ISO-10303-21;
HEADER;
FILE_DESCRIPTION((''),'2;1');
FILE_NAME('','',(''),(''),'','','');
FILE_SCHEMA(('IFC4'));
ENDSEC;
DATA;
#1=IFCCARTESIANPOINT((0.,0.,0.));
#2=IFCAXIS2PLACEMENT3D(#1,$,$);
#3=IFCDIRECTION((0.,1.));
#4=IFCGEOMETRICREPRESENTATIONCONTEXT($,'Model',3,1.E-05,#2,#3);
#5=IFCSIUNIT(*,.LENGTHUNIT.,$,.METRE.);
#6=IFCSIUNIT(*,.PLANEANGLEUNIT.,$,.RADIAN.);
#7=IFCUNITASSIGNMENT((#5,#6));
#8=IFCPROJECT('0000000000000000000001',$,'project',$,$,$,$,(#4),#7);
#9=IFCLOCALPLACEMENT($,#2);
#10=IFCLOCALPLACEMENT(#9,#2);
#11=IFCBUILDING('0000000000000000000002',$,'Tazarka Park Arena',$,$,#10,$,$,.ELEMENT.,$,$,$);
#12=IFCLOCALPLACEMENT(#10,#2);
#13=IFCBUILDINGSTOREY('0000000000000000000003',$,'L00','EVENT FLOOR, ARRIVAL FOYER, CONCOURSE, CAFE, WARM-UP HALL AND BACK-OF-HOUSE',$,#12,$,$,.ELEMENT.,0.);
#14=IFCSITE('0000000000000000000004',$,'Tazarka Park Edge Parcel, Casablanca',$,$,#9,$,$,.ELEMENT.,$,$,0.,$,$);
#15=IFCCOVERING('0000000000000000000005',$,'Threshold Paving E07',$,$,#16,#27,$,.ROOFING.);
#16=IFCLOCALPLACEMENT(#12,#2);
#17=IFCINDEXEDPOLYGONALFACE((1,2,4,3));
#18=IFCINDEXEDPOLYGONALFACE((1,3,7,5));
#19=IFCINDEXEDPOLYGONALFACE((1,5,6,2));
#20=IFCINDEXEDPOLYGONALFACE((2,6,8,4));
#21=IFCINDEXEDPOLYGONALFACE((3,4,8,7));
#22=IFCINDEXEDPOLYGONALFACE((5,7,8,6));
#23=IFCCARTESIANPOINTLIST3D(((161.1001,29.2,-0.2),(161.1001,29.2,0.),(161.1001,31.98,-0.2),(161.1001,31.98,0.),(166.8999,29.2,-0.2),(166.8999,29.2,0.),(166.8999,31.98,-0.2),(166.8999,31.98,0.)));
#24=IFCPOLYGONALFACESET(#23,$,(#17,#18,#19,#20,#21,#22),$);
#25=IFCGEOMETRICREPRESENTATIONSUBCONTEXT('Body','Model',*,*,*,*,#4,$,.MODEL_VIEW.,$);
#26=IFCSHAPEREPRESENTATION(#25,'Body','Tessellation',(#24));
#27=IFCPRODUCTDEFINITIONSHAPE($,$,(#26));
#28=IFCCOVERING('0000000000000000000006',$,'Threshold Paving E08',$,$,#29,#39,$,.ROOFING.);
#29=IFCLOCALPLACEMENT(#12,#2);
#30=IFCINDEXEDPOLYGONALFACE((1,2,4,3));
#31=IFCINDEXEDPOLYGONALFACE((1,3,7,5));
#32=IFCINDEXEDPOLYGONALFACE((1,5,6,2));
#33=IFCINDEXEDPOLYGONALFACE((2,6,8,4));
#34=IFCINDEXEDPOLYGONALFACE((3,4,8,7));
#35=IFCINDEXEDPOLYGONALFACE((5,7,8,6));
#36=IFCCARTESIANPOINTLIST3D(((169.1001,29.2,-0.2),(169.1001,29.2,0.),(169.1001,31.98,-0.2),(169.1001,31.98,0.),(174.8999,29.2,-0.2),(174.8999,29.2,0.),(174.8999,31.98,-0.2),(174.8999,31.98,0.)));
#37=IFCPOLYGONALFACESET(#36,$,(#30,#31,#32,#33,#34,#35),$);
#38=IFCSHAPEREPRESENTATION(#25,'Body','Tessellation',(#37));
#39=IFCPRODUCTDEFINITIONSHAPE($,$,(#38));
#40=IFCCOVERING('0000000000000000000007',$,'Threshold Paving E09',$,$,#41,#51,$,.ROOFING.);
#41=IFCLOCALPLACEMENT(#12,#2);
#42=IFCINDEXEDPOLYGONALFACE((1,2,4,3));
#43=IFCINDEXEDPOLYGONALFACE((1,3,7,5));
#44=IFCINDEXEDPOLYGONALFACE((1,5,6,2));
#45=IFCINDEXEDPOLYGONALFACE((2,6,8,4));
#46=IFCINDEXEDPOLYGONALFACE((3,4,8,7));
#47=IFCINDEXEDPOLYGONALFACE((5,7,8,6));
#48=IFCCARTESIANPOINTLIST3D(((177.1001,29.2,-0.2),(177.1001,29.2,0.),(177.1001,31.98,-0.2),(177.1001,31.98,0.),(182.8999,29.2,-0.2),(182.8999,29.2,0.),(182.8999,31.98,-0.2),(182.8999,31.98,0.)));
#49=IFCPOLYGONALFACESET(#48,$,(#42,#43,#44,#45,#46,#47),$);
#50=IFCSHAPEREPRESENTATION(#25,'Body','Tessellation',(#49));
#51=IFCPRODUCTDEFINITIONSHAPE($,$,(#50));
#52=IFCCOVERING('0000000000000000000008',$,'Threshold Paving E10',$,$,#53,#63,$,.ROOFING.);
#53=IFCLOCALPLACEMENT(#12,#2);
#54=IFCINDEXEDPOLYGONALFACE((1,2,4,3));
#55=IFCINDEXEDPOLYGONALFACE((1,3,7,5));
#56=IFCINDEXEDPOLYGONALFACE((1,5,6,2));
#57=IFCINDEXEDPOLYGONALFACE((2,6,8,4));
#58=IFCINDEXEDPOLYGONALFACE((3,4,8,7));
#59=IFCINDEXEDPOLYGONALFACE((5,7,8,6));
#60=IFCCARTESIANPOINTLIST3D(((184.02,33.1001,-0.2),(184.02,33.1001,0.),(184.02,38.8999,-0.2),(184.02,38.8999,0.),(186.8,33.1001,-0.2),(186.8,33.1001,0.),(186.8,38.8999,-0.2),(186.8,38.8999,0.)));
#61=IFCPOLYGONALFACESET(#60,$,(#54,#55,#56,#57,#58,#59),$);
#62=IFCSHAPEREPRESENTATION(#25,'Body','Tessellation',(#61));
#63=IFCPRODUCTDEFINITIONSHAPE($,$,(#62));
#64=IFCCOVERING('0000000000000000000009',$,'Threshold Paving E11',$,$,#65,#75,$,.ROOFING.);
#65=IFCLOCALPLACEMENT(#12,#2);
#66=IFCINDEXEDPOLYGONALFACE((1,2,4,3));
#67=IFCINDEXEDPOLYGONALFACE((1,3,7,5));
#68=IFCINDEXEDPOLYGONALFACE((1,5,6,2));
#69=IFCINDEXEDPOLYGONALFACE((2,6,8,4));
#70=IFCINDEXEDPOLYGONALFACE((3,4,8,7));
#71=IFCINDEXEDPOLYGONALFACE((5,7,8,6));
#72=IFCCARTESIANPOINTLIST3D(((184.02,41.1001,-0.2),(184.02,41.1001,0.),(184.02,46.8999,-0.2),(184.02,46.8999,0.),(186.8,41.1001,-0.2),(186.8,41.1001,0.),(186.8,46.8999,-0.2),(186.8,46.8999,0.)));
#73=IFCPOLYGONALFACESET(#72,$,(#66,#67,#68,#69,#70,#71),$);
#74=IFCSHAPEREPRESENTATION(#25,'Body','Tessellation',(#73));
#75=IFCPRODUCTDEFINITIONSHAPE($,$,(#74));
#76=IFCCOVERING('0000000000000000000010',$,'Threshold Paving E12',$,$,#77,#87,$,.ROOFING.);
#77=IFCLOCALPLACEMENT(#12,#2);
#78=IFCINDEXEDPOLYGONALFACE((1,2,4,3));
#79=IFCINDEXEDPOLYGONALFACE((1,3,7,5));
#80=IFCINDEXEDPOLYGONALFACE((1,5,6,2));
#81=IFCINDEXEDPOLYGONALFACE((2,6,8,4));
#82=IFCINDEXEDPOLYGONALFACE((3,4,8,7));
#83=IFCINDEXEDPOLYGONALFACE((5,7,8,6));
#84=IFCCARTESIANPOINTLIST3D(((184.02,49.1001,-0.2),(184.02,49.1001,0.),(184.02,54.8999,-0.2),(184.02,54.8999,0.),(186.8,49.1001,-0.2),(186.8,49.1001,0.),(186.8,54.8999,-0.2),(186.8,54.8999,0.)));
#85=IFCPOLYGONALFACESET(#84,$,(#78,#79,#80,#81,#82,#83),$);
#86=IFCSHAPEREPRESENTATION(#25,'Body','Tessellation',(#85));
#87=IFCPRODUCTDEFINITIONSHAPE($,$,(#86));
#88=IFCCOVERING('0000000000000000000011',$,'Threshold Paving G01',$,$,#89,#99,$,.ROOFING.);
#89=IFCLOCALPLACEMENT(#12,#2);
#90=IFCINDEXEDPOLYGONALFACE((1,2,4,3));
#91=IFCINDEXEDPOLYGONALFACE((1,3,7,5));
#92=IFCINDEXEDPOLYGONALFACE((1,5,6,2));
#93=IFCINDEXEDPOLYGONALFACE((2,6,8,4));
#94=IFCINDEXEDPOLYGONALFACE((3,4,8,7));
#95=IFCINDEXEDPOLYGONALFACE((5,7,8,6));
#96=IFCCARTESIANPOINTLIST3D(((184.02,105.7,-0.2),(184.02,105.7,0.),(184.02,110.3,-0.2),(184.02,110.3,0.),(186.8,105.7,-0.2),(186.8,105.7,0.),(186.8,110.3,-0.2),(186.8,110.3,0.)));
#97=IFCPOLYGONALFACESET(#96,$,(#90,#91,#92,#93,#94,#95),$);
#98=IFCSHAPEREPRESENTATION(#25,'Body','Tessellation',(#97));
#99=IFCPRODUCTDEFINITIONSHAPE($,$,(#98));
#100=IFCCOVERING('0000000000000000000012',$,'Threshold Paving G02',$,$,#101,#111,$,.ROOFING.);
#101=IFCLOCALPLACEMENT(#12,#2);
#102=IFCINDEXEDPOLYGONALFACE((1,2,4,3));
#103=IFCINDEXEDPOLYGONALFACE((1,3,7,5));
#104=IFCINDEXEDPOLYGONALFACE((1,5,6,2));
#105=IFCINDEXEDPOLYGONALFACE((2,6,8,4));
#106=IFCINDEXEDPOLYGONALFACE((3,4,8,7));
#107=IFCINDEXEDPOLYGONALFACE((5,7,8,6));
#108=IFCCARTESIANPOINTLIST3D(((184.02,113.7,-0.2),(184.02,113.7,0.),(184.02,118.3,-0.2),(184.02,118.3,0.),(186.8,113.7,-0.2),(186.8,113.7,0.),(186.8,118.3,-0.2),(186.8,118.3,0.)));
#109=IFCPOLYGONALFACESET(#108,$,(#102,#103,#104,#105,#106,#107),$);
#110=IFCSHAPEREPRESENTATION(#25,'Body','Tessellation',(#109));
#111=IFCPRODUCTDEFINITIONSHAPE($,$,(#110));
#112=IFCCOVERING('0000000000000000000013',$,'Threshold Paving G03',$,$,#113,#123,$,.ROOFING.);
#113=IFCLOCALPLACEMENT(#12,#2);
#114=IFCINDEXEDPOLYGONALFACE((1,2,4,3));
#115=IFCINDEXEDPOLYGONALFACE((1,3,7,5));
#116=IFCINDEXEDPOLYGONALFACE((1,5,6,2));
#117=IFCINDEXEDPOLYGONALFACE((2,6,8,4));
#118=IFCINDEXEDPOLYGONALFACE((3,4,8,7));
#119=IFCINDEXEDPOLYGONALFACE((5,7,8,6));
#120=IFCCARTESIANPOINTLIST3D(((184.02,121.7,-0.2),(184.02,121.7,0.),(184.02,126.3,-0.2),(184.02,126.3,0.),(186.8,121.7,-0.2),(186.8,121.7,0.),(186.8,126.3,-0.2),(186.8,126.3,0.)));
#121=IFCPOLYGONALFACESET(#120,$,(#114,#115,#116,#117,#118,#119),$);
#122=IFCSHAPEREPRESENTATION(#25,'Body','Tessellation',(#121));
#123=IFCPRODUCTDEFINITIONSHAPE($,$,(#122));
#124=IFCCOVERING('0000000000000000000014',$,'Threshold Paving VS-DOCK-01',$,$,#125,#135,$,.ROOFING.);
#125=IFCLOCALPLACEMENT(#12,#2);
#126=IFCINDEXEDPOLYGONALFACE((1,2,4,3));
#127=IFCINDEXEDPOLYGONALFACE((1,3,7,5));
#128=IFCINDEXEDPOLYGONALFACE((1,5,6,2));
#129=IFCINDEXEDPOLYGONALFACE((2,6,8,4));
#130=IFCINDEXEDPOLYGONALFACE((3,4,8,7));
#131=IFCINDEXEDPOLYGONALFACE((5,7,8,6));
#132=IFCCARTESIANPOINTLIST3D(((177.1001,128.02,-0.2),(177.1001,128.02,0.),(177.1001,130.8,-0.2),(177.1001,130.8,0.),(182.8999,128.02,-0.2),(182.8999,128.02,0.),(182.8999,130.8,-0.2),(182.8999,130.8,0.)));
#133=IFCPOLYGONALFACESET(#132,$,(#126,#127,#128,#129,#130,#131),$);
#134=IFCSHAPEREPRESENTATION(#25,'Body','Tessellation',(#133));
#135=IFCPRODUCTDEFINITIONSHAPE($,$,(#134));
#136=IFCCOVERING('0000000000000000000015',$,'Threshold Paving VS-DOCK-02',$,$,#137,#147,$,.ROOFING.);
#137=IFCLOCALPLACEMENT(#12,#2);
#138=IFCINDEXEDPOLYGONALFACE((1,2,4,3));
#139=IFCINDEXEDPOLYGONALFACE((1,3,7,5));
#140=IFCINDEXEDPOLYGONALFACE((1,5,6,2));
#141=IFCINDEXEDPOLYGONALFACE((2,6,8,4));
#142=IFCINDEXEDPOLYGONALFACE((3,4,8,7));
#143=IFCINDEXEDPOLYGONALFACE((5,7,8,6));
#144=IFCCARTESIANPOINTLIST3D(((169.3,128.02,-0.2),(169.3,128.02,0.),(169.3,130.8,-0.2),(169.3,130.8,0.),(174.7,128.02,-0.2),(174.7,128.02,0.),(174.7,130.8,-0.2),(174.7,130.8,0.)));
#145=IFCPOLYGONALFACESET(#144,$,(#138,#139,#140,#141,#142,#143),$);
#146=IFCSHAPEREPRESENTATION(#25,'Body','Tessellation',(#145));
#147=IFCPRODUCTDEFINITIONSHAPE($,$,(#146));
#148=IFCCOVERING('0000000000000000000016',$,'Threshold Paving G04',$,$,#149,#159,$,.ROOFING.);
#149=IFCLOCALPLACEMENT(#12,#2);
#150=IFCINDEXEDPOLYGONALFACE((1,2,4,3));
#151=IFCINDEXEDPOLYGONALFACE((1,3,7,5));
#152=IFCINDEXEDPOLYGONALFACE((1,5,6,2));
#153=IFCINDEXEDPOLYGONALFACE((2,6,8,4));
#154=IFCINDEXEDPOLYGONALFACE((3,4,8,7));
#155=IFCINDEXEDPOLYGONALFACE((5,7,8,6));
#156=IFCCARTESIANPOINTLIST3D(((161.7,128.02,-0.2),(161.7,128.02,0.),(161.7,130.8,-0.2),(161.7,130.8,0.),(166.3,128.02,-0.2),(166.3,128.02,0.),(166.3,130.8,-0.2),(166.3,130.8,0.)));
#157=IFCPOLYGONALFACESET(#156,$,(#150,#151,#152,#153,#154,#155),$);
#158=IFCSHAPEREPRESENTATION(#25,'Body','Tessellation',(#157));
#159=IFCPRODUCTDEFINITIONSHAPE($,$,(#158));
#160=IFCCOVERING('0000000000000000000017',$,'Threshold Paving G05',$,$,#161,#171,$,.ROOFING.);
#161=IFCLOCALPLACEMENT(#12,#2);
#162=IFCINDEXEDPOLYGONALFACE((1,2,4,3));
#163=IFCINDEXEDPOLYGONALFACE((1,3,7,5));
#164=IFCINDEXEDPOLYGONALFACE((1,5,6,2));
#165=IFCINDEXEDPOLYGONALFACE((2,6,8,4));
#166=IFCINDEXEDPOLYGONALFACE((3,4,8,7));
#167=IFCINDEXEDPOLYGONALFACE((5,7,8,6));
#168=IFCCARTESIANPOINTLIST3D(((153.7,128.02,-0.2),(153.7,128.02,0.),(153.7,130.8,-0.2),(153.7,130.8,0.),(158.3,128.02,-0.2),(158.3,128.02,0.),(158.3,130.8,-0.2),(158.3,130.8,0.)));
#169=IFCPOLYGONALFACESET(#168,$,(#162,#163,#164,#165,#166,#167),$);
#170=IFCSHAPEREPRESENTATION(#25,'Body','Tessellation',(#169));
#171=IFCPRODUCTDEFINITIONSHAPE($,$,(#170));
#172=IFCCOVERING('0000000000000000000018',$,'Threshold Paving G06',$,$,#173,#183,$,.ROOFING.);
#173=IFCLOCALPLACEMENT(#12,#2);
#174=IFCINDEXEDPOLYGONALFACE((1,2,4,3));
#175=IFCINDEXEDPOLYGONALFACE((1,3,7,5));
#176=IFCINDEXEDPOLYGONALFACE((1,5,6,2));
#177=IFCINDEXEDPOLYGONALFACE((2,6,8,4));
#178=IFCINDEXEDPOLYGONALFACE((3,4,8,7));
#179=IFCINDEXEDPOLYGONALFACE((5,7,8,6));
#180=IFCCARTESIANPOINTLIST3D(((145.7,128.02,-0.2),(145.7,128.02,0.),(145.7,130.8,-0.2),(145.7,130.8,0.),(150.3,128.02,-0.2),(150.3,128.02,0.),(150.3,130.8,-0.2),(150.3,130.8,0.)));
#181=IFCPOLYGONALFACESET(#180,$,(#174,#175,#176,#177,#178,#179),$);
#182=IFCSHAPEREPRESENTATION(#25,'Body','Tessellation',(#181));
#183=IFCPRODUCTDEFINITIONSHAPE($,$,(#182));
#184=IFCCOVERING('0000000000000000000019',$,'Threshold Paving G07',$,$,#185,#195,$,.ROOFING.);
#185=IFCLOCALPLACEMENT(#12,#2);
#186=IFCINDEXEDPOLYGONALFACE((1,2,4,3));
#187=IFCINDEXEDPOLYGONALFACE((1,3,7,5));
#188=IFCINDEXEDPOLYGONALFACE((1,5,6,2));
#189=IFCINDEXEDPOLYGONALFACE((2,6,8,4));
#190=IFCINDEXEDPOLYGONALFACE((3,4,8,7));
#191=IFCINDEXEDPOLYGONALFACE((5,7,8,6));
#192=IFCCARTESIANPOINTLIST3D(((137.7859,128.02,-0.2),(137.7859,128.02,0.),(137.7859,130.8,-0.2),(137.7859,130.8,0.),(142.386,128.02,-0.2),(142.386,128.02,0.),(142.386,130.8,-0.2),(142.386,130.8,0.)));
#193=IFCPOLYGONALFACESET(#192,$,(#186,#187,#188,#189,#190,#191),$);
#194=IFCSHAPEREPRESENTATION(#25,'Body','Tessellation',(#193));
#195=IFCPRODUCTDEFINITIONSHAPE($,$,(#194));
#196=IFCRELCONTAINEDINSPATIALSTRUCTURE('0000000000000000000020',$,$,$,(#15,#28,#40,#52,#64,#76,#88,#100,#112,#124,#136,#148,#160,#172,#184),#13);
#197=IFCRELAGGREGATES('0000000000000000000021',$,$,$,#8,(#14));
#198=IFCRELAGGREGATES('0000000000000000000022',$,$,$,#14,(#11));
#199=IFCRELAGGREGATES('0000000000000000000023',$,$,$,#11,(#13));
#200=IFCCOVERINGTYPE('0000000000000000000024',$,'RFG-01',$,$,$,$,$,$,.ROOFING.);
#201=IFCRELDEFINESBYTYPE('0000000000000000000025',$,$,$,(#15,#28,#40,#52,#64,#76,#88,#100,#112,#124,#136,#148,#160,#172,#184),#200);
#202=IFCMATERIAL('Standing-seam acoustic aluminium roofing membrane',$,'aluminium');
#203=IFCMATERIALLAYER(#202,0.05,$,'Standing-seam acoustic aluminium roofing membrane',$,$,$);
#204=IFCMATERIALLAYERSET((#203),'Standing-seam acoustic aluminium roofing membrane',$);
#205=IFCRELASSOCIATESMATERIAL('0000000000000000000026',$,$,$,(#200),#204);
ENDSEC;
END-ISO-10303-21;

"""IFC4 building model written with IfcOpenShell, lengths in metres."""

from ifc_helpers import new_model, si_unit, direction, frame, origin, place, context, subcontext, project, spatial, polyline, outline, extrude, material, layer, layer_set, type_object, element, save


model = new_model("IFC4")

# Units and contexts
model_context = context("Model", 3, precision=1e-05, world=origin(), true_north=direction((0.0, 1.0)))
body_context = subcontext(model_context, "Body", "Model", "MODEL_VIEW")
ifc_project = project(units=[si_unit("LENGTHUNIT", "METRE"), si_unit("PLANEANGLEUNIT", "RADIAN")], contexts=[model_context])

# Site, building, storey
site_placement = place(None, origin())
site = spatial("IfcSite", under=ifc_project, at=site_placement, Name="Tazarka Park Edge Parcel, Casablanca", CompositionType="ELEMENT", RefElevation=0.0)
building_placement = place(site_placement, origin())
building = spatial("IfcBuilding", under=site, at=building_placement, Name="Tazarka Park Arena", CompositionType="ELEMENT")
storey_placement = place(building_placement, origin())
storey = spatial("IfcBuildingStorey", under=building, at=storey_placement, Name="L00", Description="EVENT FLOOR, ARRIVAL FOYER, CONCOURSE, CAFE, WARM-UP HALL AND BACK-OF-HOUSE", CompositionType="ELEMENT", Elevation=0.0)

# Coverings
ifc_material_1 = material(Name="Standing-seam acoustic aluminium roofing membrane", Category="aluminium")
ifc_layer_1 = layer(ifc_material_1, 0.05, Name="Standing-seam acoustic aluminium roofing membrane")
ifc_layer_set_1 = layer_set([ifc_layer_1], Name="Standing-seam acoustic aluminium roofing membrane")
covering_type = type_object("IfcCoveringType", Name="RFG-01", PredefinedType="ROOFING", material=ifc_layer_set_1)
covering_1_placement = place(storey_placement, frame((0.0, 0.0, -0.2)))
element("IfcCovering", 1, at=covering_1_placement, inside=storey, type_object=covering_type, Name="Threshold Paving E07", PredefinedType="ROOFING", context=body_context, shape_type="SweptSolid", body=[
    extrude(outline(polyline([(166.8999, 29.2), (161.1001, 29.2), (161.1001, 31.98), (166.8999, 31.98), (166.8999, 29.2)])), origin(), (0.0, 0.0, 1.0), 0.2),
])
covering_2_placement = place(storey_placement, frame((0.0, 0.0, -0.2)))
element("IfcCovering", 2, at=covering_2_placement, inside=storey, type_object=covering_type, Name="Threshold Paving E08", PredefinedType="ROOFING", context=body_context, shape_type="SweptSolid", body=[
    extrude(outline(polyline([(174.8999, 29.2), (169.1001, 29.2), (169.1001, 31.98), (174.8999, 31.98), (174.8999, 29.2)])), origin(), (0.0, 0.0, 1.0), 0.2),
])
covering_3_placement = place(storey_placement, frame((0.0, 0.0, -0.2)))
element("IfcCovering", 3, at=covering_3_placement, inside=storey, type_object=covering_type, Name="Threshold Paving E09", PredefinedType="ROOFING", context=body_context, shape_type="SweptSolid", body=[
    extrude(outline(polyline([(182.8999, 29.2), (177.1001, 29.2), (177.1001, 31.98), (182.8999, 31.98), (182.8999, 29.2)])), origin(), (0.0, 0.0, 1.0), 0.2),
])
covering_4_placement = place(storey_placement, frame((0.0, 0.0, -0.2)))
element("IfcCovering", 4, at=covering_4_placement, inside=storey, type_object=covering_type, Name="Threshold Paving E10", PredefinedType="ROOFING", context=body_context, shape_type="SweptSolid", body=[
    extrude(outline(polyline([(186.8, 38.8999), (186.8, 33.1001), (184.02, 33.1001), (184.02, 38.8999), (186.8, 38.8999)])), origin(), (0.0, 0.0, 1.0), 0.2),
])
covering_5_placement = place(storey_placement, frame((0.0, 0.0, -0.2)))
element("IfcCovering", 5, at=covering_5_placement, inside=storey, type_object=covering_type, Name="Threshold Paving E11", PredefinedType="ROOFING", context=body_context, shape_type="SweptSolid", body=[
    extrude(outline(polyline([(186.8, 46.8999), (186.8, 41.1001), (184.02, 41.1001), (184.02, 46.8999), (186.8, 46.8999)])), origin(), (0.0, 0.0, 1.0), 0.2),
])
covering_6_placement = place(storey_placement, frame((0.0, 0.0, -0.2)))
element("IfcCovering", 6, at=covering_6_placement, inside=storey, type_object=covering_type, Name="Threshold Paving E12", PredefinedType="ROOFING", context=body_context, shape_type="SweptSolid", body=[
    extrude(outline(polyline([(186.8, 54.8999), (186.8, 49.1001), (184.02, 49.1001), (184.02, 54.8999), (186.8, 54.8999)])), origin(), (0.0, 0.0, 1.0), 0.2),
])
covering_7_placement = place(storey_placement, frame((0.0, 0.0, -0.2)))
element("IfcCovering", 7, at=covering_7_placement, inside=storey, type_object=covering_type, Name="Threshold Paving G01", PredefinedType="ROOFING", context=body_context, shape_type="SweptSolid", body=[
    extrude(outline(polyline([(186.8, 110.3), (186.8, 105.7), (184.02, 105.7), (184.02, 110.3), (186.8, 110.3)])), origin(), (0.0, 0.0, 1.0), 0.2),
])
covering_8_placement = place(storey_placement, frame((0.0, 0.0, -0.2)))
element("IfcCovering", 8, at=covering_8_placement, inside=storey, type_object=covering_type, Name="Threshold Paving G02", PredefinedType="ROOFING", context=body_context, shape_type="SweptSolid", body=[
    extrude(outline(polyline([(186.8, 118.3), (186.8, 113.7), (184.02, 113.7), (184.02, 118.3), (186.8, 118.3)])), origin(), (0.0, 0.0, 1.0), 0.2),
])
covering_9_placement = place(storey_placement, frame((0.0, 0.0, -0.2)))
element("IfcCovering", 9, at=covering_9_placement, inside=storey, type_object=covering_type, Name="Threshold Paving G03", PredefinedType="ROOFING", context=body_context, shape_type="SweptSolid", body=[
    extrude(outline(polyline([(186.8, 126.3), (186.8, 121.7), (184.02, 121.7), (184.02, 126.3), (186.8, 126.3)])), origin(), (0.0, 0.0, 1.0), 0.2),
])
covering_10_placement = place(storey_placement, frame((0.0, 0.0, -0.2)))
element("IfcCovering", 10, at=covering_10_placement, inside=storey, type_object=covering_type, Name="Threshold Paving VS-DOCK-01", PredefinedType="ROOFING", context=body_context, shape_type="SweptSolid", body=[
    extrude(outline(polyline([(177.1001, 130.8), (182.8999, 130.8), (182.8999, 128.02), (177.1001, 128.02), (177.1001, 130.8)])), origin(), (0.0, 0.0, 1.0), 0.2),
])
covering_11_placement = place(storey_placement, frame((0.0, 0.0, -0.2)))
element("IfcCovering", 11, at=covering_11_placement, inside=storey, type_object=covering_type, Name="Threshold Paving VS-DOCK-02", PredefinedType="ROOFING", context=body_context, shape_type="SweptSolid", body=[
    extrude(outline(polyline([(169.3, 130.8), (174.7, 130.8), (174.7, 128.02), (169.3, 128.02), (169.3, 130.8)])), origin(), (0.0, 0.0, 1.0), 0.2),
])
covering_12_placement = place(storey_placement, frame((0.0, 0.0, -0.2)))
element("IfcCovering", 12, at=covering_12_placement, inside=storey, type_object=covering_type, Name="Threshold Paving G04", PredefinedType="ROOFING", context=body_context, shape_type="SweptSolid", body=[
    extrude(outline(polyline([(161.7, 130.8), (166.3, 130.8), (166.3, 128.02), (161.7, 128.02), (161.7, 130.8)])), origin(), (0.0, 0.0, 1.0), 0.2),
])
covering_13_placement = place(storey_placement, frame((0.0, 0.0, -0.2)))
element("IfcCovering", 13, at=covering_13_placement, inside=storey, type_object=covering_type, Name="Threshold Paving G05", PredefinedType="ROOFING", context=body_context, shape_type="SweptSolid", body=[
    extrude(outline(polyline([(153.7, 130.8), (158.3, 130.8), (158.3, 128.02), (153.7, 128.02), (153.7, 130.8)])), origin(), (0.0, 0.0, 1.0), 0.2),
])
covering_14_placement = place(storey_placement, frame((0.0, 0.0, -0.2)))
element("IfcCovering", 14, at=covering_14_placement, inside=storey, type_object=covering_type, Name="Threshold Paving G06", PredefinedType="ROOFING", context=body_context, shape_type="SweptSolid", body=[
    extrude(outline(polyline([(145.7, 130.8), (150.3, 130.8), (150.3, 128.02), (145.7, 128.02), (145.7, 130.8)])), origin(), (0.0, 0.0, 1.0), 0.2),
])
covering_15_placement = place(storey_placement, frame((0.0, 0.0, -0.2)))
element("IfcCovering", 15, at=covering_15_placement, inside=storey, type_object=covering_type, Name="Threshold Paving G07", PredefinedType="ROOFING", context=body_context, shape_type="SweptSolid", body=[
    extrude(outline(polyline([(137.7859, 130.8), (142.386, 130.8), (142.386, 128.02), (137.7859, 128.02), (137.7859, 130.8)])), origin(), (0.0, 0.0, 1.0), 0.2),
])

save(model, "model.ifc")
